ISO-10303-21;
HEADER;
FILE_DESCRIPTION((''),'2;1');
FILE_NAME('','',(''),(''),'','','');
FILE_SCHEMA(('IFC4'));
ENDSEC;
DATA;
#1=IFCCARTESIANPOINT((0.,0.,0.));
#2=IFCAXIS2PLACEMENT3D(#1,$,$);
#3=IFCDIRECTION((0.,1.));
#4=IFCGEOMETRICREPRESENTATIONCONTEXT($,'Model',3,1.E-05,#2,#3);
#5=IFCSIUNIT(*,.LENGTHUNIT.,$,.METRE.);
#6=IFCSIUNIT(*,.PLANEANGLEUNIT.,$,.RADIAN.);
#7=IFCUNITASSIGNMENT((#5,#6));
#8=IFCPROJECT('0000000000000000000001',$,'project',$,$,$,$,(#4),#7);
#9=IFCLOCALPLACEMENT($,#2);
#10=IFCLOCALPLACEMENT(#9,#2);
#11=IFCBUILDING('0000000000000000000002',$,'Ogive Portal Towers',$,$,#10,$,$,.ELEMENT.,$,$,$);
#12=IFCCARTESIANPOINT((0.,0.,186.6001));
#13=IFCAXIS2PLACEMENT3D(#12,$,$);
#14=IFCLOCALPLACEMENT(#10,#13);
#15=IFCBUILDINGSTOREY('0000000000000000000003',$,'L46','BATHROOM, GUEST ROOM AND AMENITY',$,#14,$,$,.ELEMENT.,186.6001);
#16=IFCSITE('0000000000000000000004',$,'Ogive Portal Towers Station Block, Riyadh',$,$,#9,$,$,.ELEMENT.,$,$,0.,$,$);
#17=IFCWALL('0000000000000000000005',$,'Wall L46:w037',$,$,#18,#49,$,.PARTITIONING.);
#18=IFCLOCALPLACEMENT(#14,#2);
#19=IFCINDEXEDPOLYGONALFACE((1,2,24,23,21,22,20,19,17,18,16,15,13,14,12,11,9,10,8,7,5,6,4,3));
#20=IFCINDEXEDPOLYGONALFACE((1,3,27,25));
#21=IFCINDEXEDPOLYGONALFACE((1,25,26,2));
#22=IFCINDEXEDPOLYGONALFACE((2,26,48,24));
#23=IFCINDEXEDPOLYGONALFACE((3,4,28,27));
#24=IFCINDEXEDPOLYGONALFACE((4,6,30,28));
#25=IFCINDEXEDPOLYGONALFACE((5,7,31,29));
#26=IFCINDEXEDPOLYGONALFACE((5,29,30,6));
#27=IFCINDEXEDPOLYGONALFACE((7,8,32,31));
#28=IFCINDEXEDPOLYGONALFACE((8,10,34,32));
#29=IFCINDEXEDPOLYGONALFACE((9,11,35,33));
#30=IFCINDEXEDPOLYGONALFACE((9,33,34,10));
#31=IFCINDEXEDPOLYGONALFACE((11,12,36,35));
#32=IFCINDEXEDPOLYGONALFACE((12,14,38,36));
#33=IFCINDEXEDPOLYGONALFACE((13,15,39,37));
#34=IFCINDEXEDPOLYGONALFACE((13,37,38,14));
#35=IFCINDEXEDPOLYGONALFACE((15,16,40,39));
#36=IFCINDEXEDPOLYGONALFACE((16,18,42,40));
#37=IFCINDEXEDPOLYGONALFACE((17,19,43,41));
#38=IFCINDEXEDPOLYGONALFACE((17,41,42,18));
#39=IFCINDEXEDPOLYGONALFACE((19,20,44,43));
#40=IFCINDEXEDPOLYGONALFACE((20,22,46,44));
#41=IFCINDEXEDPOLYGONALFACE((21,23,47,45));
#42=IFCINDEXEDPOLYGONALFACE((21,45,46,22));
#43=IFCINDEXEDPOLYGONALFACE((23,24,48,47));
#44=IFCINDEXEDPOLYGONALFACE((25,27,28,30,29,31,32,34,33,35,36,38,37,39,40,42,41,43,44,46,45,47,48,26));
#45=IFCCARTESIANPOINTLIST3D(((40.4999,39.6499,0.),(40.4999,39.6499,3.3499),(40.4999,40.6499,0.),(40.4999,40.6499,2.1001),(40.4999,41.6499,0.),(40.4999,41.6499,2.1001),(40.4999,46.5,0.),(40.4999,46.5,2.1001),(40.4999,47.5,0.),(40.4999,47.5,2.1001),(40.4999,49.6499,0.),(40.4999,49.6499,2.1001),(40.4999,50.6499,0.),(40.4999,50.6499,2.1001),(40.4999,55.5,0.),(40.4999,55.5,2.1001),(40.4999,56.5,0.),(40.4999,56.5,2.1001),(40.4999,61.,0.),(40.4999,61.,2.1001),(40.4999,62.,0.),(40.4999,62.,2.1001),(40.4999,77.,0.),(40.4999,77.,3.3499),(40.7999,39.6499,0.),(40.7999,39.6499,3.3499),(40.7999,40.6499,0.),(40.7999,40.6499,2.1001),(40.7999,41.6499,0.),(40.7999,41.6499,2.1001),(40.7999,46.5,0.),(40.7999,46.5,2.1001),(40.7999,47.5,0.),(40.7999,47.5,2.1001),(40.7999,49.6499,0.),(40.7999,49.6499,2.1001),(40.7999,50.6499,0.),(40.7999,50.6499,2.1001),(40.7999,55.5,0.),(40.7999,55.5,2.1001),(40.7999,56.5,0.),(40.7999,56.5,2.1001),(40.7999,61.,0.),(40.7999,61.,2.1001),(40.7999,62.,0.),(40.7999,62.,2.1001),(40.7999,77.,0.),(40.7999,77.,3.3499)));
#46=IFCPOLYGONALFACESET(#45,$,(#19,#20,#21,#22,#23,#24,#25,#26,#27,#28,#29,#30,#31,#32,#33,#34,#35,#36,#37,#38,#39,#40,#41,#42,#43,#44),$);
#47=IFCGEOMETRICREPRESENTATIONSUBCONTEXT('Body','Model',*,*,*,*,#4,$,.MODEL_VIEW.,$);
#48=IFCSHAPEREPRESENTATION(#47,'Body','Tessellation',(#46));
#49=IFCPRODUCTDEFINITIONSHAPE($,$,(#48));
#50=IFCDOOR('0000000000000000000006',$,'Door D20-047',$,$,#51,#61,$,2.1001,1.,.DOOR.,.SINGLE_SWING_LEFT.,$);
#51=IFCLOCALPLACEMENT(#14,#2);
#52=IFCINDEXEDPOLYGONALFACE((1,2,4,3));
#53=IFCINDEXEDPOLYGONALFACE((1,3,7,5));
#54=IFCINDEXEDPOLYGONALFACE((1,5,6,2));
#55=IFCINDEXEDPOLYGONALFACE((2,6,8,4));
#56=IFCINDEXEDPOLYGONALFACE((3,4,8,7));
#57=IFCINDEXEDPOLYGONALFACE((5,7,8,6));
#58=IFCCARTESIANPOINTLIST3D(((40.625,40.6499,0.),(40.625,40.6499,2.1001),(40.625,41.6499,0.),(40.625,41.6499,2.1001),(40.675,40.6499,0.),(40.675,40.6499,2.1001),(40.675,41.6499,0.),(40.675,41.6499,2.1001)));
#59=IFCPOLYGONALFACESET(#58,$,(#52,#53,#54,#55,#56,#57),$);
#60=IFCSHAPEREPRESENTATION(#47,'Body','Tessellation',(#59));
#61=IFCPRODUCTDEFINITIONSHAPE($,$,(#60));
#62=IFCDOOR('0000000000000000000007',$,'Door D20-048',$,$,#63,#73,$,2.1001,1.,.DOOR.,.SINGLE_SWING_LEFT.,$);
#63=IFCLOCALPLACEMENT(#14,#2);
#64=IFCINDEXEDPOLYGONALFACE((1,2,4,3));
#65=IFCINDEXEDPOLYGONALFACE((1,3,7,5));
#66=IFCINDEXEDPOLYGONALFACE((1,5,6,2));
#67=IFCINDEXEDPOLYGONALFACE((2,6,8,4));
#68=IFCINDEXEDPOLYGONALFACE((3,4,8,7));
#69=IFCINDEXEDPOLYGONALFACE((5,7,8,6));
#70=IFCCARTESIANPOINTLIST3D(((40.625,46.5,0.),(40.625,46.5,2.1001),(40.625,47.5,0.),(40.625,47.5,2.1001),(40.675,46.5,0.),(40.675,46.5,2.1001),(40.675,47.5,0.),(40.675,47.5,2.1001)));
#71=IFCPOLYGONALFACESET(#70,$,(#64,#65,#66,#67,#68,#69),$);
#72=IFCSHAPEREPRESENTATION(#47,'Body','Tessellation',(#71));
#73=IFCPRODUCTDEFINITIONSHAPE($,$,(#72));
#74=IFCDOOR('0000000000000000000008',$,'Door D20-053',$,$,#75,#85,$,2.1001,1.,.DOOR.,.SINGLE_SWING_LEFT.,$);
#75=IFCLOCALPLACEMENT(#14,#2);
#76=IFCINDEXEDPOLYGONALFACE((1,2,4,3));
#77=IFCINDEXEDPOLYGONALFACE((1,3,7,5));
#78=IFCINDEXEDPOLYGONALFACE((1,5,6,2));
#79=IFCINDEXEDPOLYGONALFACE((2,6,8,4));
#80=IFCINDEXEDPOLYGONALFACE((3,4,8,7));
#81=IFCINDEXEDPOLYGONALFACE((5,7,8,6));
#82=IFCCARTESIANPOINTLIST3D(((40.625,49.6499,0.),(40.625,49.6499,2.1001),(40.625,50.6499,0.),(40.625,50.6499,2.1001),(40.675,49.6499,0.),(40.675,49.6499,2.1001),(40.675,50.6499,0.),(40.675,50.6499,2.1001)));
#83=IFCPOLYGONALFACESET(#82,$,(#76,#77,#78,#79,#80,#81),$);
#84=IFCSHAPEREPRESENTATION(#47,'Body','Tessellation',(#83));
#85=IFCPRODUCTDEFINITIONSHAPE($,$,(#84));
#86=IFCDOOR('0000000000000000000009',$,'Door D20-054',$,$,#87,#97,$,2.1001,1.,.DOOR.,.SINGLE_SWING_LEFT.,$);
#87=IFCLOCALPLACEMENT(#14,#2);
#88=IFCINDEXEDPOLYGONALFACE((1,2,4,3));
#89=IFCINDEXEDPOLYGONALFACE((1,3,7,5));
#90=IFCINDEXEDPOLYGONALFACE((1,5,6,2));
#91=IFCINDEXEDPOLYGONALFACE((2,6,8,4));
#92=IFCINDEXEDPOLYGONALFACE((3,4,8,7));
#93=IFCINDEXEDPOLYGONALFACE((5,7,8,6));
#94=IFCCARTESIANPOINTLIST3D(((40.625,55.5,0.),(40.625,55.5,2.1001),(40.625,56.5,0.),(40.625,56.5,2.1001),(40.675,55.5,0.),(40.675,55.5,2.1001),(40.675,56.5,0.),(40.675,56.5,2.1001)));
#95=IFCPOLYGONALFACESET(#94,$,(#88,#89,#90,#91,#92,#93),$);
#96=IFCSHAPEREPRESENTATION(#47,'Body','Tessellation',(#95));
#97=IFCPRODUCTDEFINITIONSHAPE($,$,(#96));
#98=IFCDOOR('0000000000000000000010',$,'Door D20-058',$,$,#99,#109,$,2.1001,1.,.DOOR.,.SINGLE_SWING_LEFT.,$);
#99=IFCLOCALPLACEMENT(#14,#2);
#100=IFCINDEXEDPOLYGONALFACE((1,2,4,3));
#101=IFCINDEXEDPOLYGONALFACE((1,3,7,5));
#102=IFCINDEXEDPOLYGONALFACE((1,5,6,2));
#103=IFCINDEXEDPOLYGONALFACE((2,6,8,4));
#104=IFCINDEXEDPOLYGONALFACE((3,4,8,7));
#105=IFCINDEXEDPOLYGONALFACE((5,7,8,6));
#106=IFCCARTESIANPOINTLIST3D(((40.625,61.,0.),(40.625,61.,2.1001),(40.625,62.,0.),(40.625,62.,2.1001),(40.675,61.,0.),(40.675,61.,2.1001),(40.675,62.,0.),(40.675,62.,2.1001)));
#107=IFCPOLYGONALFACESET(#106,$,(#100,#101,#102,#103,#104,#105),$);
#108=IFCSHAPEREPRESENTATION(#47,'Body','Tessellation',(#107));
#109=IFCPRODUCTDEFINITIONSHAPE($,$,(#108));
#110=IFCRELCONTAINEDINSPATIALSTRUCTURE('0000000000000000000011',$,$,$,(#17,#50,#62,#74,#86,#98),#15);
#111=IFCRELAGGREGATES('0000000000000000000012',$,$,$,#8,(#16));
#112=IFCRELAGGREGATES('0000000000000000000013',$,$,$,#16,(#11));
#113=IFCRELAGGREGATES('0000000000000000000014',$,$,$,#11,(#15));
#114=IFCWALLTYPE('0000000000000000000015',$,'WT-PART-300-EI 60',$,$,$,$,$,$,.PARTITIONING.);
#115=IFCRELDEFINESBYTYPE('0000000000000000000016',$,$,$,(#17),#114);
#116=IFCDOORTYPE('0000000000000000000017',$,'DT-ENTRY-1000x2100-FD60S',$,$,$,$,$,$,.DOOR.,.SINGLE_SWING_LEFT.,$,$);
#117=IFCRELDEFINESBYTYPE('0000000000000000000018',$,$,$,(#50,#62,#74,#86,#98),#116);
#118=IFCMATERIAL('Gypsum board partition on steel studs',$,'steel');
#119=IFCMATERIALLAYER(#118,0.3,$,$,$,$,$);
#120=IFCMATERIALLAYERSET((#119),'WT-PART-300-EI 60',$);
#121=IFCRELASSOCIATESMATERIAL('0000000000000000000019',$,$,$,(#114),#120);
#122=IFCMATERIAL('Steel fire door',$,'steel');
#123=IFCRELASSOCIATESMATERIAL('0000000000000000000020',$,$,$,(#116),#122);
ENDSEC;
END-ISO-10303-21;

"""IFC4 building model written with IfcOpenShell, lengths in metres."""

from ifc_helpers import new_model, si_unit, direction, frame, frame_2d, origin, place, context, subcontext, project, spatial, rectangle, extrude, material, layer, layer_set, type_object, element, fill, save


model = new_model("IFC4")

# Units and contexts
model_context = context("Model", 3, precision=1e-05, world=origin(), true_north=direction((0.0, 1.0)))
body_context = subcontext(model_context, "Body", "Model", "MODEL_VIEW")
ifc_project = project(units=[si_unit("LENGTHUNIT", "METRE"), si_unit("PLANEANGLEUNIT", "RADIAN")], contexts=[model_context])

# Site, building, storey
site_placement = place(None, origin())
site = spatial("IfcSite", under=ifc_project, at=site_placement, Name="Ogive Portal Towers Station Block, Riyadh", CompositionType="ELEMENT", RefElevation=0.0)
building_placement = place(site_placement, origin())
building = spatial("IfcBuilding", under=site, at=building_placement, Name="Ogive Portal Towers", CompositionType="ELEMENT")
storey_placement = place(building_placement, frame((0.0, 0.0, 186.6001)))
storey = spatial("IfcBuildingStorey", under=building, at=storey_placement, Name="L46", Description="BATHROOM, GUEST ROOM AND AMENITY", CompositionType="ELEMENT", Elevation=186.6001)

# Shared definitions
ifc_material_1 = material(Name="Steel fire door", Category="steel")

# Shared definitions
ifc_material_2 = material(Name="Gypsum board partition on steel studs", Category="steel")
ifc_layer_1 = layer(ifc_material_2, 0.3)
ifc_layer_set_1 = layer_set([ifc_layer_1], Name="WT-PART-300-EI 60")
wall_type_1 = type_object("IfcWallType", Name="WT-PART-300-EI 60", PredefinedType="PARTITIONING", material=ifc_layer_set_1)

# Wall, openings, doors
wall_1_placement = place(storey_placement, frame((40.6499, 39.6499, 0.0), z_axis=(0.0, 0.0, 1.0), x_axis=(0.0, 1.0, 0.0)))
wall_1 = element("IfcWall", 1, at=wall_1_placement, inside=storey, type_object=wall_type_1, Name="Wall L46:w037", PredefinedType="PARTITIONING", context=body_context, shape_type="SweptSolid", body=[
    extrude(rectangle(XDim=37.3501, YDim=0.3, at=frame_2d((18.675, 0.0))), origin(), (0.0, 0.0, 1.0), 3.3499),
])
opening_1_placement = place(wall_1_placement, frame((1.0, 0.0, 0.0)))
opening_1 = element("IfcOpeningElement", 2, at=opening_1_placement, cuts=wall_1, PredefinedType="OPENING", context=body_context, shape_type="SweptSolid", body=[
    extrude(rectangle(XDim=1.0, YDim=2.1001, at=frame_2d((0.5, 1.05))), frame((0.0, 0.1602, 0.0), z_axis=(0.0, -1.0, 0.0), x_axis=(1.0, 0.0, 0.0)), (0.0, 0.0, 1.0), 0.3201),
])
opening_2_placement = place(wall_1_placement, frame((6.8501, 0.0, 0.0)))
opening_2 = element("IfcOpeningElement", 3, at=opening_2_placement, cuts=wall_1, PredefinedType="OPENING", context=body_context, shape_type="SweptSolid", body=[
    extrude(rectangle(XDim=1.0, YDim=2.1001, at=frame_2d((0.5, 1.05))), frame((0.0, 0.1602, 0.0), z_axis=(0.0, -1.0, 0.0), x_axis=(1.0, 0.0, 0.0)), (0.0, 0.0, 1.0), 0.3201),
])
opening_3_placement = place(wall_1_placement, frame((10.0, 0.0, 0.0)))
opening_3 = element("IfcOpeningElement", 4, at=opening_3_placement, cuts=wall_1, PredefinedType="OPENING", context=body_context, shape_type="SweptSolid", body=[
    extrude(rectangle(XDim=1.0, YDim=2.1001, at=frame_2d((0.5, 1.05))), frame((0.0, 0.1602, 0.0), z_axis=(0.0, -1.0, 0.0), x_axis=(1.0, 0.0, 0.0)), (0.0, 0.0, 1.0), 0.3201),
])
opening_4_placement = place(wall_1_placement, frame((15.8501, 0.0, 0.0)))
opening_4 = element("IfcOpeningElement", 5, at=opening_4_placement, cuts=wall_1, PredefinedType="OPENING", context=body_context, shape_type="SweptSolid", body=[
    extrude(rectangle(XDim=1.0, YDim=2.1001, at=frame_2d((0.5, 1.05))), frame((0.0, 0.1602, 0.0), z_axis=(0.0, -1.0, 0.0), x_axis=(1.0, 0.0, 0.0)), (0.0, 0.0, 1.0), 0.3201),
])
opening_5_placement = place(wall_1_placement, frame((21.3501, 0.0, 0.0)))
opening_5 = element("IfcOpeningElement", 6, at=opening_5_placement, cuts=wall_1, PredefinedType="OPENING", context=body_context, shape_type="SweptSolid", body=[
    extrude(rectangle(XDim=1.0, YDim=2.1001, at=frame_2d((0.5, 1.05))), frame((0.0, 0.1602, 0.0), z_axis=(0.0, -1.0, 0.0), x_axis=(1.0, 0.0, 0.0)), (0.0, 0.0, 1.0), 0.3201),
])
door_type_1 = type_object("IfcDoorType", Name="DT-ENTRY-1000x2100-FD60S", OperationType="SINGLE_SWING_LEFT", PredefinedType="DOOR", material=ifc_material_1)
door_1_placement = place(opening_1_placement, origin())
door_1 = element("IfcDoor", 7, at=door_1_placement, inside=storey, type_object=door_type_1, Name="Door D20-047", OperationType="SINGLE_SWING_LEFT", OverallHeight=2.1001, OverallWidth=1.0, PredefinedType="DOOR", context=body_context, shape_type="SweptSolid", body=[
    extrude(rectangle(XDim=1.0, YDim=2.1001, at=frame_2d((0.5, 1.05))), frame((0.0, 0.0249, 0.0), z_axis=(0.0, -1.0, 0.0), x_axis=(1.0, 0.0, 0.0)), (0.0, 0.0, 1.0), 0.05),
])
fill(opening_1, door_1)
door_2_placement = place(opening_2_placement, origin())
door_2 = element("IfcDoor", 8, at=door_2_placement, inside=storey, type_object=door_type_1, Name="Door D20-048", OperationType="SINGLE_SWING_LEFT", OverallHeight=2.1001, OverallWidth=1.0, PredefinedType="DOOR", context=body_context, shape_type="SweptSolid", body=[
    extrude(rectangle(XDim=1.0, YDim=2.1001, at=frame_2d((0.5, 1.05))), frame((0.0, 0.0249, 0.0), z_axis=(0.0, -1.0, 0.0), x_axis=(1.0, 0.0, 0.0)), (0.0, 0.0, 1.0), 0.05),
])
fill(opening_2, door_2)
door_3_placement = place(opening_3_placement, origin())
door_3 = element("IfcDoor", 9, at=door_3_placement, inside=storey, type_object=door_type_1, Name="Door D20-053", OperationType="SINGLE_SWING_LEFT", OverallHeight=2.1001, OverallWidth=1.0, PredefinedType="DOOR", context=body_context, shape_type="SweptSolid", body=[
    extrude(rectangle(XDim=1.0, YDim=2.1001, at=frame_2d((0.5, 1.05))), frame((0.0, 0.0249, 0.0), z_axis=(0.0, -1.0, 0.0), x_axis=(1.0, 0.0, 0.0)), (0.0, 0.0, 1.0), 0.05),
])
fill(opening_3, door_3)
door_4_placement = place(opening_4_placement, origin())
door_4 = element("IfcDoor", 10, at=door_4_placement, inside=storey, type_object=door_type_1, Name="Door D20-054", OperationType="SINGLE_SWING_LEFT", OverallHeight=2.1001, OverallWidth=1.0, PredefinedType="DOOR", context=body_context, shape_type="SweptSolid", body=[
    extrude(rectangle(XDim=1.0, YDim=2.1001, at=frame_2d((0.5, 1.05))), frame((0.0, 0.0249, 0.0), z_axis=(0.0, -1.0, 0.0), x_axis=(1.0, 0.0, 0.0)), (0.0, 0.0, 1.0), 0.05),
])
fill(opening_4, door_4)
door_5_placement = place(opening_5_placement, origin())
door_5 = element("IfcDoor", 11, at=door_5_placement, inside=storey, type_object=door_type_1, Name="Door D20-058", OperationType="SINGLE_SWING_LEFT", OverallHeight=2.1001, OverallWidth=1.0, PredefinedType="DOOR", context=body_context, shape_type="SweptSolid", body=[
    extrude(rectangle(XDim=1.0, YDim=2.1001, at=frame_2d((0.5, 1.05))), frame((0.0, 0.0249, 0.0), z_axis=(0.0, -1.0, 0.0), x_axis=(1.0, 0.0, 0.0)), (0.0, 0.0, 1.0), 0.05),
])
fill(opening_5, door_5)

save(model, "model.ifc")
